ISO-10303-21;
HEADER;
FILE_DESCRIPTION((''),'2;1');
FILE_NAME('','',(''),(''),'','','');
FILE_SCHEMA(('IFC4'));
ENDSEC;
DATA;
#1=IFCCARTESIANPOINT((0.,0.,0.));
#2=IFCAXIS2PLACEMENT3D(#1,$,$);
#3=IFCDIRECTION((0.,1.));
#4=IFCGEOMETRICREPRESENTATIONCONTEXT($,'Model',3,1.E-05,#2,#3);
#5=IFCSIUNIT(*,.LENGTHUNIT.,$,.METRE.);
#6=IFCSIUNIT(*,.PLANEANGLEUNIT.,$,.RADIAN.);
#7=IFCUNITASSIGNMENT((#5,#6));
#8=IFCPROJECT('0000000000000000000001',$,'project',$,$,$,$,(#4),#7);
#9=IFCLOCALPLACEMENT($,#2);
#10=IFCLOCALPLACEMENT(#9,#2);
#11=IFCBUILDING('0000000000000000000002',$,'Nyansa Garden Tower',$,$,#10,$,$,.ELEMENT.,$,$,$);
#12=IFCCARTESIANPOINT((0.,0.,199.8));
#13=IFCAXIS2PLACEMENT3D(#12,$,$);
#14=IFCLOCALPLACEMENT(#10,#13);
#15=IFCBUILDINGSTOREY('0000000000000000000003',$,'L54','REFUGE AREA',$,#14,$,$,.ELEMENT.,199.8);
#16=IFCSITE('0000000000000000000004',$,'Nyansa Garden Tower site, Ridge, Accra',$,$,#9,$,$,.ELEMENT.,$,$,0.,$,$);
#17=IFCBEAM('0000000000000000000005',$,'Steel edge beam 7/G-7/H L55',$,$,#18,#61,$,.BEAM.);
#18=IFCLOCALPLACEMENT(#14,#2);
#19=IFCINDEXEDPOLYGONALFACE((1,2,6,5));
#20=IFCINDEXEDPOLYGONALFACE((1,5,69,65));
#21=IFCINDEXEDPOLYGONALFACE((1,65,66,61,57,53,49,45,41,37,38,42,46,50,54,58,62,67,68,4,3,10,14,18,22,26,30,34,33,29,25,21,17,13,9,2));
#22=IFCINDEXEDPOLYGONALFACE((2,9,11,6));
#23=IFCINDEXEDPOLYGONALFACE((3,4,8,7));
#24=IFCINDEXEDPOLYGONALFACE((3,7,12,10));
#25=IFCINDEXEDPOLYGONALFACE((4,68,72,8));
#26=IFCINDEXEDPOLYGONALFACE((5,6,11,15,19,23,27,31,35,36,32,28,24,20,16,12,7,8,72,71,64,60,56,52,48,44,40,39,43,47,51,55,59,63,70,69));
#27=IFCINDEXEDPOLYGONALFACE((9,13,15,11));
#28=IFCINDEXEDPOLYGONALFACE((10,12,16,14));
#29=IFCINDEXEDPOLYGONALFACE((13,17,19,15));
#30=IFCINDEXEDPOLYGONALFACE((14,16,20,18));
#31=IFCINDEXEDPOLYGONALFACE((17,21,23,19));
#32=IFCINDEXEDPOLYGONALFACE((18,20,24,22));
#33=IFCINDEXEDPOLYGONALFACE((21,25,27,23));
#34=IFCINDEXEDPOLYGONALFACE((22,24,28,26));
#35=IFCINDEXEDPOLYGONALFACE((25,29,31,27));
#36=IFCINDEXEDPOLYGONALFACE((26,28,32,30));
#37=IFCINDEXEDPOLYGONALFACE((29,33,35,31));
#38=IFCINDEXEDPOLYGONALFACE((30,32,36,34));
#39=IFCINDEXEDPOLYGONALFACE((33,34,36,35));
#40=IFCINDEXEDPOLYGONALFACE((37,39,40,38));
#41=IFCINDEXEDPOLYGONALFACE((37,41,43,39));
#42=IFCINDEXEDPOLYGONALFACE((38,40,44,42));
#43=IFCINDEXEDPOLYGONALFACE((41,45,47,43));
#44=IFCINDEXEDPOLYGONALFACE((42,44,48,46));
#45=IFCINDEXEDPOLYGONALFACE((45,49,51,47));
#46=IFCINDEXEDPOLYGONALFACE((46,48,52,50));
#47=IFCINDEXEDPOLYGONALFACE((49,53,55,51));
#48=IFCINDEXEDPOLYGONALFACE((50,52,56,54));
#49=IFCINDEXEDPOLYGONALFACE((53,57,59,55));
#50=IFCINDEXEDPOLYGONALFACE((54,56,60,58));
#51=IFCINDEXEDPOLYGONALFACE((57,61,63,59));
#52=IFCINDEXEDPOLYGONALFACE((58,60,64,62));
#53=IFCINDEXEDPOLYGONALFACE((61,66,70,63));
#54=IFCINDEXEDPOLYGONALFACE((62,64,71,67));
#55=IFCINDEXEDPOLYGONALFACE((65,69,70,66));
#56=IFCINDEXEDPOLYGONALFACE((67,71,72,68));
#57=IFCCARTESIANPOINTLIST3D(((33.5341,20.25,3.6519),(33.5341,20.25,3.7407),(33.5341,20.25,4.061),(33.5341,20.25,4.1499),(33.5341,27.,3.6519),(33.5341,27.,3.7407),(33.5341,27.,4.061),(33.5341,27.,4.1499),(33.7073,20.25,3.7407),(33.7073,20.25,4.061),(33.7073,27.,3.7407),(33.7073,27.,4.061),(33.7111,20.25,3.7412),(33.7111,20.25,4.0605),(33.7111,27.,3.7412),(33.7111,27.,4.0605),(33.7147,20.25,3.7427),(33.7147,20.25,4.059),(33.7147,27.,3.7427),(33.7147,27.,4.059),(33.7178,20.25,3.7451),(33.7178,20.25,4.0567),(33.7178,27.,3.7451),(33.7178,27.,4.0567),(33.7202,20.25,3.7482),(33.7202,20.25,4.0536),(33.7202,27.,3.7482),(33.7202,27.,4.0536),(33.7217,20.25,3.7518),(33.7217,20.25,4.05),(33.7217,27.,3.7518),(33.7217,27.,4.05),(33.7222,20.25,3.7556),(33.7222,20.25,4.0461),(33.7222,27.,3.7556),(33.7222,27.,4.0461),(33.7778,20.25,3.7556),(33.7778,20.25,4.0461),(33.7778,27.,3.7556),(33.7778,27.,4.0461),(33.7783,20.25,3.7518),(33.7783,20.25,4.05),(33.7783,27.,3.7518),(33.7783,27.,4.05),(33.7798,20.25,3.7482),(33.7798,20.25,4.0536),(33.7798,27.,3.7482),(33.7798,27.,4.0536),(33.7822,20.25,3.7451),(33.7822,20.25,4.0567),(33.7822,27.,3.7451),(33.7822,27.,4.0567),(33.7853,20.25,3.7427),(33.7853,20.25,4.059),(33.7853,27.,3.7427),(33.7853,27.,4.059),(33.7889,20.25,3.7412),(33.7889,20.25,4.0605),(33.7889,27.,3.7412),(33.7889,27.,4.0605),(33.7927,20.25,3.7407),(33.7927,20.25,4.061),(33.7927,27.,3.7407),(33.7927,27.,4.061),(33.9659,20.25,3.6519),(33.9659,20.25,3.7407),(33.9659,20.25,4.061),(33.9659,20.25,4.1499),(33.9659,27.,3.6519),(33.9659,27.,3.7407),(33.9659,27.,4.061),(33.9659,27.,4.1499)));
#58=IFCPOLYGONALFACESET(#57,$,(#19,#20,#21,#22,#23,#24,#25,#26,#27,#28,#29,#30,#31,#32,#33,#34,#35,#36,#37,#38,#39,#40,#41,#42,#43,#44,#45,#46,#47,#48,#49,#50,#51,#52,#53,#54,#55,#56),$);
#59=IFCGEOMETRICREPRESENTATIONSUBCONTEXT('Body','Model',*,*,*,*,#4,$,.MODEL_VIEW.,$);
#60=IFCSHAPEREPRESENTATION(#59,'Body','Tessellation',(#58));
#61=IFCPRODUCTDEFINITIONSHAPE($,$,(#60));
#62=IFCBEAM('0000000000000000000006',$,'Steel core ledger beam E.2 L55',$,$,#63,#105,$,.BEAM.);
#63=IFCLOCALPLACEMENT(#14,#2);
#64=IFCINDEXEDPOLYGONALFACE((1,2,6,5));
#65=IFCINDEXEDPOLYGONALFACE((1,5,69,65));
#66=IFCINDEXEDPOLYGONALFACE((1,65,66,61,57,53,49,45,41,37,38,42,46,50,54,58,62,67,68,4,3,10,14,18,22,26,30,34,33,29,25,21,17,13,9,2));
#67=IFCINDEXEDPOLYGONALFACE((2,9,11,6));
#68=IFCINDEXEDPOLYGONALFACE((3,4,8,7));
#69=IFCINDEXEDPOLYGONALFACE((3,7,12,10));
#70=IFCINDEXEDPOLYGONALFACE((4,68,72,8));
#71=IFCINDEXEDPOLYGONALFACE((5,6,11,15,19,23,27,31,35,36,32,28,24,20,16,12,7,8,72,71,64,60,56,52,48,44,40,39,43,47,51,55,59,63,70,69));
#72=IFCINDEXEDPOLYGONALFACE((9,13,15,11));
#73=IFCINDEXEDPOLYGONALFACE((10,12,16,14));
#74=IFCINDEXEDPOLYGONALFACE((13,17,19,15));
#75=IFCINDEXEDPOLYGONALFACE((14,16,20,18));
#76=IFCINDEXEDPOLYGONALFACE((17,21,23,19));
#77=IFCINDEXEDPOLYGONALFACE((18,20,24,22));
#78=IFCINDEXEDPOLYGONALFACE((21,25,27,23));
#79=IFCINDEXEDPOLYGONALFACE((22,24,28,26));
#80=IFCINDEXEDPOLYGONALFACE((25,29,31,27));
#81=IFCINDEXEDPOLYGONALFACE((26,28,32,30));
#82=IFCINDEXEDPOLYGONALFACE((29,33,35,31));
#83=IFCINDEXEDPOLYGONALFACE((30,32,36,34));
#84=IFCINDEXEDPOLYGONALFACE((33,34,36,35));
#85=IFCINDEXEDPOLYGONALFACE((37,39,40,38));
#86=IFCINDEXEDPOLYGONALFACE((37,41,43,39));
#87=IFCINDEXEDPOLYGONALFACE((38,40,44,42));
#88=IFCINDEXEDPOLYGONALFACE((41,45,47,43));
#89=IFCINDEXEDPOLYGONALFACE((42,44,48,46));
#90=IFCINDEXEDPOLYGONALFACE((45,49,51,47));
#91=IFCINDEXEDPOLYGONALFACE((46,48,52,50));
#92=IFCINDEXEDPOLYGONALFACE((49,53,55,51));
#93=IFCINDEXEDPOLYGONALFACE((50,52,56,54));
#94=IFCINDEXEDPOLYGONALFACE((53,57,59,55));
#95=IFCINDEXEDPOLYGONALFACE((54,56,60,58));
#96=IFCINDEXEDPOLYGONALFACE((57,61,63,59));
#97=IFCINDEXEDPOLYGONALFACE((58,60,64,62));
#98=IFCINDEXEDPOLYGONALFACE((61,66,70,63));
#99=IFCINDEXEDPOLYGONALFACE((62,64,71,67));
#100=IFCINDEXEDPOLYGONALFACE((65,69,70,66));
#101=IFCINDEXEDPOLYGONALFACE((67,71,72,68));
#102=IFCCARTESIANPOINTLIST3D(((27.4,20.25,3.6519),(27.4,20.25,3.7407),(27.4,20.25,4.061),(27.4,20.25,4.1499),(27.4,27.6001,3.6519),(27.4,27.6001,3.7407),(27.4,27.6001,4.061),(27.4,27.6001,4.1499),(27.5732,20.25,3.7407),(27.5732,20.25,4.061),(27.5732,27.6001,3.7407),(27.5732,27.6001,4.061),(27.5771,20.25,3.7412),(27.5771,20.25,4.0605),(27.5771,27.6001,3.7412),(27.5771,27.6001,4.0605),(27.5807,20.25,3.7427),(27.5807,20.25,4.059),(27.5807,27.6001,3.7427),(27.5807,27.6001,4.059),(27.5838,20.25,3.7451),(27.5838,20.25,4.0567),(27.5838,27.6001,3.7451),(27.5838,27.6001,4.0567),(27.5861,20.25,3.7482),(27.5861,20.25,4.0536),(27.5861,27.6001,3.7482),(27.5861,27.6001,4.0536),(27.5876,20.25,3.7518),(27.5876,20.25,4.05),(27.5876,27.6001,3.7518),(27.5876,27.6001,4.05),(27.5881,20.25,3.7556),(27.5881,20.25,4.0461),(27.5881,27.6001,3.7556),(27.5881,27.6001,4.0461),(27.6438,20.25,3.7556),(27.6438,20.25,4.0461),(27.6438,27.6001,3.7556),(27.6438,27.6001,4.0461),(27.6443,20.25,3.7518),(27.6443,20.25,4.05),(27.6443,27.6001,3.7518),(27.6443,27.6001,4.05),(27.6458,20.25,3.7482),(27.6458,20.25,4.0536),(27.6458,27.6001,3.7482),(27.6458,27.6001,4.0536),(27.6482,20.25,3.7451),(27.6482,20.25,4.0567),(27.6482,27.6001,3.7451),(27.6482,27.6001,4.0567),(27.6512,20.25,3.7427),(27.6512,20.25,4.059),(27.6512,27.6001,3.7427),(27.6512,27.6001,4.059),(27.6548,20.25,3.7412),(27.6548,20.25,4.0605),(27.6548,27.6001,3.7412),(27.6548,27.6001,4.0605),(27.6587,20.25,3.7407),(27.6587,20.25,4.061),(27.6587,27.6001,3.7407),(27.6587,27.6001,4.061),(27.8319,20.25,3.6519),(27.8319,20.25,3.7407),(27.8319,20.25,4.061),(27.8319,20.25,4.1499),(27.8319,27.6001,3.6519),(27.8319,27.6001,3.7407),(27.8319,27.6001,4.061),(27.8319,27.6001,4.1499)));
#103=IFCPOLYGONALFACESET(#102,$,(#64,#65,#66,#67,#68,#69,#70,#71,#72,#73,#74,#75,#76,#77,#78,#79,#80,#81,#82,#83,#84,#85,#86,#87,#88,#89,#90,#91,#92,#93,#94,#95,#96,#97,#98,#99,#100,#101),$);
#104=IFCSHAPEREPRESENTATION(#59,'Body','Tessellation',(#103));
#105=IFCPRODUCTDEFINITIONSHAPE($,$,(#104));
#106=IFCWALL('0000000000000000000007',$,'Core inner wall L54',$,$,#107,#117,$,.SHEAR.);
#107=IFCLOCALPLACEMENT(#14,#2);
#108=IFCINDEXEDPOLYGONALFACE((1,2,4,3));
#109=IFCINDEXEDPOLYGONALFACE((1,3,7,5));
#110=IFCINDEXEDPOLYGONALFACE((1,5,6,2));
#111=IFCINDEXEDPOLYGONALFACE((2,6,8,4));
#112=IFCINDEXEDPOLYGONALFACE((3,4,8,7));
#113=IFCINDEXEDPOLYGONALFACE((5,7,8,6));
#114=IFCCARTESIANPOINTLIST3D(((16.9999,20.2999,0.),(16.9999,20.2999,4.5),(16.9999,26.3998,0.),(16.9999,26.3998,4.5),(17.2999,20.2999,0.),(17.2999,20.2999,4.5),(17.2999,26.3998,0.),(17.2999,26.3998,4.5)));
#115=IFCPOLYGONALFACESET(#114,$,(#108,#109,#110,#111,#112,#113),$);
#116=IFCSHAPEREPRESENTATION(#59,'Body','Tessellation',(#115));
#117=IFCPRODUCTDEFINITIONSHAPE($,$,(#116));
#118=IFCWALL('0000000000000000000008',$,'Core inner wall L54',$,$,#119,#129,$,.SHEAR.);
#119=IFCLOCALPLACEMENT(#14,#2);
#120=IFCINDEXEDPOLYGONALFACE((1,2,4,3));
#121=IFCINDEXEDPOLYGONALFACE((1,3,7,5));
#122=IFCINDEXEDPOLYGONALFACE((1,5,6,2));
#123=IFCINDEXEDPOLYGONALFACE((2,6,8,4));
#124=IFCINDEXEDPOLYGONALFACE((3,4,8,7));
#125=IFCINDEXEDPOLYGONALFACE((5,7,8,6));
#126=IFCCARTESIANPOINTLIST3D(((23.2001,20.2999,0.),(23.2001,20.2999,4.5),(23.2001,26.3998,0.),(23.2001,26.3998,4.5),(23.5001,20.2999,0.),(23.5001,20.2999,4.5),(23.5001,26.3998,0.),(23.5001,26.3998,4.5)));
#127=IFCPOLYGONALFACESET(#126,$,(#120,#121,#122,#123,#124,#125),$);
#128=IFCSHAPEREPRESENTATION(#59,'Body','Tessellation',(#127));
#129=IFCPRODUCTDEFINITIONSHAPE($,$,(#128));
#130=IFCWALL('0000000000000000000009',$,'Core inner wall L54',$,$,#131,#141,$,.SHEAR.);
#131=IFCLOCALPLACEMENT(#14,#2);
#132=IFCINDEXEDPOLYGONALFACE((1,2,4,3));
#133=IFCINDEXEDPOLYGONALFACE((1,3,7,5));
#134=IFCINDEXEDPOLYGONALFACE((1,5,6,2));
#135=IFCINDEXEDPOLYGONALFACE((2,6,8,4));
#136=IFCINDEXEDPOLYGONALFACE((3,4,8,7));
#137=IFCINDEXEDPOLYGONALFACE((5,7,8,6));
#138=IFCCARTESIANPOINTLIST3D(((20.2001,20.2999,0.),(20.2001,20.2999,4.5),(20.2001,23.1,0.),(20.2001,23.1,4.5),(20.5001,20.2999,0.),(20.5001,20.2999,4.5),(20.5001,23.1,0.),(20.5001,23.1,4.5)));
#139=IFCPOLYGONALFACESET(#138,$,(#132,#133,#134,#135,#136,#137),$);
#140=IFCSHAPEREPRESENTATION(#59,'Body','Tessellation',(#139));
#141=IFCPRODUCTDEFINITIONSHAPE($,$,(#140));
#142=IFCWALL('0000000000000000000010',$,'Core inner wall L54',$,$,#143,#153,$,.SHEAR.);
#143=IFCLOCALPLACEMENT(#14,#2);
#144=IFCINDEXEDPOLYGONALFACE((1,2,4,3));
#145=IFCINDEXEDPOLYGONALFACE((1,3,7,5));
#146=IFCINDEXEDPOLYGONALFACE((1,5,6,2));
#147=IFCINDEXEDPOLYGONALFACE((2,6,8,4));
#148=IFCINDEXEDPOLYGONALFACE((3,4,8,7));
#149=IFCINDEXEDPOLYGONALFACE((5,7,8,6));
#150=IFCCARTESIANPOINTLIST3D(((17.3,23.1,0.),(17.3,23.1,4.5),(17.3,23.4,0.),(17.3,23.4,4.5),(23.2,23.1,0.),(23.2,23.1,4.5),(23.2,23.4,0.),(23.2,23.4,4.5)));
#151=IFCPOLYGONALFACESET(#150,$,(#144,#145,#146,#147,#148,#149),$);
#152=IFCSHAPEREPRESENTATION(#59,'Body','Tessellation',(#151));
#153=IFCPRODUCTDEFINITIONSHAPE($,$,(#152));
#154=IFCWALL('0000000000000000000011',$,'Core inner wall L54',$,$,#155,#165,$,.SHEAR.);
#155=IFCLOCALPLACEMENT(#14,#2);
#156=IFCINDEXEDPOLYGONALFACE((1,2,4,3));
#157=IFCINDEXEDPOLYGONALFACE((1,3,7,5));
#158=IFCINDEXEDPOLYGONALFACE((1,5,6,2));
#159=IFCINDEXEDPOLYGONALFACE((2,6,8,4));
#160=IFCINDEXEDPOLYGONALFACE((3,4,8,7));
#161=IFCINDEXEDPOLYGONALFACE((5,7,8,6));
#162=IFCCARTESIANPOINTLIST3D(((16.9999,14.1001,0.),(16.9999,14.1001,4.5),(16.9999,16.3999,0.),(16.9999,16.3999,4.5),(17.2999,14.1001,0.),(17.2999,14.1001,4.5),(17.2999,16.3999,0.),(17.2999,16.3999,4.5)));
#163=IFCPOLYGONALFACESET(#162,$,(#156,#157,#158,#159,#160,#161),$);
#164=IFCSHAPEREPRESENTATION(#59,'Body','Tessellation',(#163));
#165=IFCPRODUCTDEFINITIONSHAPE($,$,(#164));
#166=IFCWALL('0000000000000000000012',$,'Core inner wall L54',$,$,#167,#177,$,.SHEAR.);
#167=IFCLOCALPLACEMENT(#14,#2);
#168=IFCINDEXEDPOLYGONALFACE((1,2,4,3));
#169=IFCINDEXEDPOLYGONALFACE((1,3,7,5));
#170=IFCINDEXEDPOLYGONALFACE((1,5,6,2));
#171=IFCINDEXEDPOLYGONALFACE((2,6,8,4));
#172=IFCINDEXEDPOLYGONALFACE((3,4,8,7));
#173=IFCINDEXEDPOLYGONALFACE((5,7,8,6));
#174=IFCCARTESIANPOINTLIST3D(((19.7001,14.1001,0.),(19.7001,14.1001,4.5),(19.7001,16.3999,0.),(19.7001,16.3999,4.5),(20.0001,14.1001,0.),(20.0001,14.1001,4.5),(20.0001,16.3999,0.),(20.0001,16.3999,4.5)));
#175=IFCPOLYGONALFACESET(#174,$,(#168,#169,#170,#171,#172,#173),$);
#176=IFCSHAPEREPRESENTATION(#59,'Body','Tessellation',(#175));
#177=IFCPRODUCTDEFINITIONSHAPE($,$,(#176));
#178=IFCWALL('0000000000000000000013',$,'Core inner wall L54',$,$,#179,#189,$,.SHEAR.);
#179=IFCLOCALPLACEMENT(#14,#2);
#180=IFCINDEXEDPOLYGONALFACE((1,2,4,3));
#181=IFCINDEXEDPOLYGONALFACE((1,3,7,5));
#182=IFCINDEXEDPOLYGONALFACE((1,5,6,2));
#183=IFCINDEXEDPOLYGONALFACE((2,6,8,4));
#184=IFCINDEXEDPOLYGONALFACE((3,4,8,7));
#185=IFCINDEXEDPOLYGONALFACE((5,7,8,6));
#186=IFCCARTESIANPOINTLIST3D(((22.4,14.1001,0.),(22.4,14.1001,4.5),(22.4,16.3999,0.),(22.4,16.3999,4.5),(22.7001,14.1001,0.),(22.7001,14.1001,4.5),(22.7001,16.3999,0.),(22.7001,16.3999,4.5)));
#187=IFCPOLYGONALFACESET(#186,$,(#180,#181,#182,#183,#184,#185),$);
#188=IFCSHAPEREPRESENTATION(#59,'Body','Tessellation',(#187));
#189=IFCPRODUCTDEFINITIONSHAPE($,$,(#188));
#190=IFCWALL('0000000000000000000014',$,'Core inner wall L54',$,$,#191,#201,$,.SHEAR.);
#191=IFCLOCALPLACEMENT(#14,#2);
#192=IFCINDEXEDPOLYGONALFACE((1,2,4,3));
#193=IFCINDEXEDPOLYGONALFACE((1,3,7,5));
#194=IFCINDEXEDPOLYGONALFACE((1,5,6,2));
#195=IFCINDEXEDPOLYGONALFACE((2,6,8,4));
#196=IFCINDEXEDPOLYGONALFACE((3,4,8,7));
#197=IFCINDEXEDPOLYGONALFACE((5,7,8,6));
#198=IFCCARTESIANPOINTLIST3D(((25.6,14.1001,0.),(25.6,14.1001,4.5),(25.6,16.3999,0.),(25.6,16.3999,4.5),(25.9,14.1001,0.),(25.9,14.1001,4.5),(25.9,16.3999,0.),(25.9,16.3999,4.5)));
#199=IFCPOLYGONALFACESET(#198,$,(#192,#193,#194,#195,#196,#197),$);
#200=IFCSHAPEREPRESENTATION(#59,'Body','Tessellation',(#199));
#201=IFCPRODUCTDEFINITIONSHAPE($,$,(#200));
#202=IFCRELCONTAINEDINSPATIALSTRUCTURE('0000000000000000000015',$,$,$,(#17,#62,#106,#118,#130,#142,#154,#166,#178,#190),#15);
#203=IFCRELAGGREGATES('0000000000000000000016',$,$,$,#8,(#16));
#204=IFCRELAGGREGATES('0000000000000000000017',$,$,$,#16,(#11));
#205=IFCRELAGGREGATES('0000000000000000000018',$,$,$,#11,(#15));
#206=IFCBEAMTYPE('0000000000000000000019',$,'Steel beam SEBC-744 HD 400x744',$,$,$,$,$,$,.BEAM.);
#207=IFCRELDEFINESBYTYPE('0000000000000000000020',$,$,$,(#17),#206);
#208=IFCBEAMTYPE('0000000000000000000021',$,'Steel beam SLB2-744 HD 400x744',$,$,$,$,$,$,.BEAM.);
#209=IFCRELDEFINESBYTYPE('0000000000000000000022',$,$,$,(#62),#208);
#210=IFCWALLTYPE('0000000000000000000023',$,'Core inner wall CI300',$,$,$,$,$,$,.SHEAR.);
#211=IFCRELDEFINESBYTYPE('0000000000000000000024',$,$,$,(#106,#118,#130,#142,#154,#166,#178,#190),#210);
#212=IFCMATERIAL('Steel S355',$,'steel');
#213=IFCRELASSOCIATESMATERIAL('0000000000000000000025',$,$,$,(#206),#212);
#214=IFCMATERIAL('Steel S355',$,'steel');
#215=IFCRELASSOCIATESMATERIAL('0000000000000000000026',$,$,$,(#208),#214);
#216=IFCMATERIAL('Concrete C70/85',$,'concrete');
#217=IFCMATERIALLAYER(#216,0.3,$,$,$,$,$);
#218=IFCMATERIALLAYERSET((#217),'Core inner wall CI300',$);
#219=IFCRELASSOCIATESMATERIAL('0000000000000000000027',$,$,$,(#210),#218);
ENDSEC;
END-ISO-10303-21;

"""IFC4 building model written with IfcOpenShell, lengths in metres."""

from ifc_helpers import new_model, si_unit, direction, frame, frame_2d, origin, origin_2d, place, context, subcontext, project, spatial, rectangle, i_section, extrude, material, layer, layer_set, material_profile, profile_set, type_object, element, save


model = new_model("IFC4")

# Units and contexts
model_context = context("Model", 3, precision=1e-05, world=origin(), true_north=direction((0.0, 1.0)))
body_context = subcontext(model_context, "Body", "Model", "MODEL_VIEW")
ifc_project = project(units=[si_unit("LENGTHUNIT", "METRE"), si_unit("PLANEANGLEUNIT", "RADIAN")], contexts=[model_context])

# Site, building, storey
site_placement = place(None, origin())
site = spatial("IfcSite", under=ifc_project, at=site_placement, Name="Nyansa Garden Tower site, Ridge, Accra", CompositionType="ELEMENT", RefElevation=0.0)
building_placement = place(site_placement, origin())
building = spatial("IfcBuilding", under=site, at=building_placement, Name="Nyansa Garden Tower", CompositionType="ELEMENT")
storey_placement = place(building_placement, frame((0.0, 0.0, 199.8)))
storey = spatial("IfcBuildingStorey", under=building, at=storey_placement, Name="L54", Description="REFUGE AREA", CompositionType="ELEMENT", Elevation=199.8)

# Beams
ifc_material_1 = material(Name="Steel S355", Category="steel")
ifc_material_profile_1 = material_profile(ifc_material_1, i_section(OverallWidth=0.4319, OverallDepth=0.498, WebThickness=0.0557, FlangeThickness=0.0889, FilletRadius=0.0149, at=origin_2d()), Name="HD 400x744")
ifc_profile_set_1 = profile_set([ifc_material_profile_1], Name="Steel S355")
beam_type_1 = type_object("IfcBeamType", Name="Steel beam SEBC-744 HD 400x744", PredefinedType="BEAM", material=ifc_profile_set_1)
beam_1_placement = place(storey_placement, frame((33.75, 20.25, 3.9009), z_axis=(0.0, 1.0, 0.0), x_axis=(-1.0, 0.0, 0.0)))
element("IfcBeam", 1, at=beam_1_placement, inside=storey, type_object=beam_type_1, Name="Steel edge beam 7/G-7/H L55", PredefinedType="BEAM", context=body_context, shape_type="SweptSolid", body=[
    extrude(i_section(OverallWidth=0.4319, OverallDepth=0.498, WebThickness=0.0557, FlangeThickness=0.0889, FilletRadius=0.0149, at=origin_2d()), origin(), (0.0, 0.0, 1.0), 6.75),
])
ifc_material_2 = material(Name="Steel S355", Category="steel")
ifc_material_profile_2 = material_profile(ifc_material_2, i_section(OverallWidth=0.4319, OverallDepth=0.498, WebThickness=0.0557, FlangeThickness=0.0889, FilletRadius=0.0149, at=origin_2d()), Name="HD 400x744")
ifc_profile_set_2 = profile_set([ifc_material_profile_2], Name="Steel S355")
beam_type_2 = type_object("IfcBeamType", Name="Steel beam SLB2-744 HD 400x744", PredefinedType="BEAM", material=ifc_profile_set_2)
beam_2_placement = place(storey_placement, frame((27.616, 20.25, 3.9009), z_axis=(0.0, 1.0, 0.0), x_axis=(-1.0, 0.0, 0.0)))
element("IfcBeam", 2, at=beam_2_placement, inside=storey, type_object=beam_type_2, Name="Steel core ledger beam E.2 L55", PredefinedType="BEAM", context=body_context, shape_type="SweptSolid", body=[
    extrude(i_section(OverallWidth=0.4319, OverallDepth=0.498, WebThickness=0.0557, FlangeThickness=0.0889, FilletRadius=0.0149, at=origin_2d()), origin(), (0.0, 0.0, 1.0), 7.3501),
])

# Walls
ifc_material_3 = material(Name="Concrete C70/85", Category="concrete")
ifc_layer_1 = layer(ifc_material_3, 0.3)
ifc_layer_set_1 = layer_set([ifc_layer_1], Name="Core inner wall CI300")
wall_type_1 = type_object("IfcWallType", Name="Core inner wall CI300", PredefinedType="SHEAR", material=ifc_layer_set_1)
for number, where, z_axis, x_axis, name in (
    (3, (17.1499, 20.3, 0.0), (0.0, 0.0, 1.0), (0.0, 1.0, 0.0), "Core inner wall L54"),
    (4, (23.3501, 20.3, 0.0), (0.0, 0.0, 1.0), (0.0, 1.0, 0.0), "Core inner wall L54"),
):
    element("IfcWall", number, at=place(storey_placement, frame(where, z_axis=z_axis, x_axis=x_axis)), inside=storey, type_object=wall_type_1, Name=name, PredefinedType="SHEAR", context=body_context, shape_type="SweptSolid", body=[
        extrude(rectangle(XDim=6.0999, YDim=0.3, at=frame_2d((3.0498, 0.0))), origin(), (0.0, 0.0, 1.0), 4.5),
    ])
wall_1_placement = place(storey_placement, frame((20.3501, 20.3, 0.0), z_axis=(0.0, 0.0, 1.0), x_axis=(0.0, 1.0, 0.0)))
element("IfcWall", 5, at=wall_1_placement, inside=storey, type_object=wall_type_1, Name="Core inner wall L54", PredefinedType="SHEAR", context=body_context, shape_type="SweptSolid", body=[
    extrude(rectangle(XDim=2.8, YDim=0.3, at=frame_2d((1.3999, 0.0))), origin(), (0.0, 0.0, 1.0), 4.5),
])
wall_2_placement = place(storey_placement, frame((17.3, 23.25, 0.0), z_axis=(0.0, 0.0, 1.0), x_axis=(1.0, 0.0, 0.0)))
element("IfcWall", 6, at=wall_2_placement, inside=storey, type_object=wall_type_1, Name="Core inner wall L54", PredefinedType="SHEAR", context=body_context, shape_type="SweptSolid", body=[
    extrude(rectangle(XDim=5.8999, YDim=0.3, at=frame_2d((2.95, 0.0))), origin(), (0.0, 0.0, 1.0), 4.5),
])
for number, where, z_axis, x_axis, name in (
    (7, (17.1499, 14.1001, 0.0), (0.0, 0.0, 1.0), (0.0, 1.0, 0.0), "Core inner wall L54"),
    (8, (19.8501, 14.1001, 0.0), (0.0, 0.0, 1.0), (0.0, 1.0, 0.0), "Core inner wall L54"),
    (9, (22.55, 14.1001, 0.0), (0.0, 0.0, 1.0), (0.0, 1.0, 0.0), "Core inner wall L54"),
    (10, (25.75, 14.1001, 0.0), (0.0, 0.0, 1.0), (0.0, 1.0, 0.0), "Core inner wall L54"),
):
    element("IfcWall", number, at=place(storey_placement, frame(where, z_axis=z_axis, x_axis=x_axis)), inside=storey, type_object=wall_type_1, Name=name, PredefinedType="SHEAR", context=body_context, shape_type="SweptSolid", body=[
        extrude(rectangle(XDim=2.2998, YDim=0.3, at=frame_2d((1.1499, 0.0))), origin(), (0.0, 0.0, 1.0), 4.5),
    ])

save(model, "model.ifc")
